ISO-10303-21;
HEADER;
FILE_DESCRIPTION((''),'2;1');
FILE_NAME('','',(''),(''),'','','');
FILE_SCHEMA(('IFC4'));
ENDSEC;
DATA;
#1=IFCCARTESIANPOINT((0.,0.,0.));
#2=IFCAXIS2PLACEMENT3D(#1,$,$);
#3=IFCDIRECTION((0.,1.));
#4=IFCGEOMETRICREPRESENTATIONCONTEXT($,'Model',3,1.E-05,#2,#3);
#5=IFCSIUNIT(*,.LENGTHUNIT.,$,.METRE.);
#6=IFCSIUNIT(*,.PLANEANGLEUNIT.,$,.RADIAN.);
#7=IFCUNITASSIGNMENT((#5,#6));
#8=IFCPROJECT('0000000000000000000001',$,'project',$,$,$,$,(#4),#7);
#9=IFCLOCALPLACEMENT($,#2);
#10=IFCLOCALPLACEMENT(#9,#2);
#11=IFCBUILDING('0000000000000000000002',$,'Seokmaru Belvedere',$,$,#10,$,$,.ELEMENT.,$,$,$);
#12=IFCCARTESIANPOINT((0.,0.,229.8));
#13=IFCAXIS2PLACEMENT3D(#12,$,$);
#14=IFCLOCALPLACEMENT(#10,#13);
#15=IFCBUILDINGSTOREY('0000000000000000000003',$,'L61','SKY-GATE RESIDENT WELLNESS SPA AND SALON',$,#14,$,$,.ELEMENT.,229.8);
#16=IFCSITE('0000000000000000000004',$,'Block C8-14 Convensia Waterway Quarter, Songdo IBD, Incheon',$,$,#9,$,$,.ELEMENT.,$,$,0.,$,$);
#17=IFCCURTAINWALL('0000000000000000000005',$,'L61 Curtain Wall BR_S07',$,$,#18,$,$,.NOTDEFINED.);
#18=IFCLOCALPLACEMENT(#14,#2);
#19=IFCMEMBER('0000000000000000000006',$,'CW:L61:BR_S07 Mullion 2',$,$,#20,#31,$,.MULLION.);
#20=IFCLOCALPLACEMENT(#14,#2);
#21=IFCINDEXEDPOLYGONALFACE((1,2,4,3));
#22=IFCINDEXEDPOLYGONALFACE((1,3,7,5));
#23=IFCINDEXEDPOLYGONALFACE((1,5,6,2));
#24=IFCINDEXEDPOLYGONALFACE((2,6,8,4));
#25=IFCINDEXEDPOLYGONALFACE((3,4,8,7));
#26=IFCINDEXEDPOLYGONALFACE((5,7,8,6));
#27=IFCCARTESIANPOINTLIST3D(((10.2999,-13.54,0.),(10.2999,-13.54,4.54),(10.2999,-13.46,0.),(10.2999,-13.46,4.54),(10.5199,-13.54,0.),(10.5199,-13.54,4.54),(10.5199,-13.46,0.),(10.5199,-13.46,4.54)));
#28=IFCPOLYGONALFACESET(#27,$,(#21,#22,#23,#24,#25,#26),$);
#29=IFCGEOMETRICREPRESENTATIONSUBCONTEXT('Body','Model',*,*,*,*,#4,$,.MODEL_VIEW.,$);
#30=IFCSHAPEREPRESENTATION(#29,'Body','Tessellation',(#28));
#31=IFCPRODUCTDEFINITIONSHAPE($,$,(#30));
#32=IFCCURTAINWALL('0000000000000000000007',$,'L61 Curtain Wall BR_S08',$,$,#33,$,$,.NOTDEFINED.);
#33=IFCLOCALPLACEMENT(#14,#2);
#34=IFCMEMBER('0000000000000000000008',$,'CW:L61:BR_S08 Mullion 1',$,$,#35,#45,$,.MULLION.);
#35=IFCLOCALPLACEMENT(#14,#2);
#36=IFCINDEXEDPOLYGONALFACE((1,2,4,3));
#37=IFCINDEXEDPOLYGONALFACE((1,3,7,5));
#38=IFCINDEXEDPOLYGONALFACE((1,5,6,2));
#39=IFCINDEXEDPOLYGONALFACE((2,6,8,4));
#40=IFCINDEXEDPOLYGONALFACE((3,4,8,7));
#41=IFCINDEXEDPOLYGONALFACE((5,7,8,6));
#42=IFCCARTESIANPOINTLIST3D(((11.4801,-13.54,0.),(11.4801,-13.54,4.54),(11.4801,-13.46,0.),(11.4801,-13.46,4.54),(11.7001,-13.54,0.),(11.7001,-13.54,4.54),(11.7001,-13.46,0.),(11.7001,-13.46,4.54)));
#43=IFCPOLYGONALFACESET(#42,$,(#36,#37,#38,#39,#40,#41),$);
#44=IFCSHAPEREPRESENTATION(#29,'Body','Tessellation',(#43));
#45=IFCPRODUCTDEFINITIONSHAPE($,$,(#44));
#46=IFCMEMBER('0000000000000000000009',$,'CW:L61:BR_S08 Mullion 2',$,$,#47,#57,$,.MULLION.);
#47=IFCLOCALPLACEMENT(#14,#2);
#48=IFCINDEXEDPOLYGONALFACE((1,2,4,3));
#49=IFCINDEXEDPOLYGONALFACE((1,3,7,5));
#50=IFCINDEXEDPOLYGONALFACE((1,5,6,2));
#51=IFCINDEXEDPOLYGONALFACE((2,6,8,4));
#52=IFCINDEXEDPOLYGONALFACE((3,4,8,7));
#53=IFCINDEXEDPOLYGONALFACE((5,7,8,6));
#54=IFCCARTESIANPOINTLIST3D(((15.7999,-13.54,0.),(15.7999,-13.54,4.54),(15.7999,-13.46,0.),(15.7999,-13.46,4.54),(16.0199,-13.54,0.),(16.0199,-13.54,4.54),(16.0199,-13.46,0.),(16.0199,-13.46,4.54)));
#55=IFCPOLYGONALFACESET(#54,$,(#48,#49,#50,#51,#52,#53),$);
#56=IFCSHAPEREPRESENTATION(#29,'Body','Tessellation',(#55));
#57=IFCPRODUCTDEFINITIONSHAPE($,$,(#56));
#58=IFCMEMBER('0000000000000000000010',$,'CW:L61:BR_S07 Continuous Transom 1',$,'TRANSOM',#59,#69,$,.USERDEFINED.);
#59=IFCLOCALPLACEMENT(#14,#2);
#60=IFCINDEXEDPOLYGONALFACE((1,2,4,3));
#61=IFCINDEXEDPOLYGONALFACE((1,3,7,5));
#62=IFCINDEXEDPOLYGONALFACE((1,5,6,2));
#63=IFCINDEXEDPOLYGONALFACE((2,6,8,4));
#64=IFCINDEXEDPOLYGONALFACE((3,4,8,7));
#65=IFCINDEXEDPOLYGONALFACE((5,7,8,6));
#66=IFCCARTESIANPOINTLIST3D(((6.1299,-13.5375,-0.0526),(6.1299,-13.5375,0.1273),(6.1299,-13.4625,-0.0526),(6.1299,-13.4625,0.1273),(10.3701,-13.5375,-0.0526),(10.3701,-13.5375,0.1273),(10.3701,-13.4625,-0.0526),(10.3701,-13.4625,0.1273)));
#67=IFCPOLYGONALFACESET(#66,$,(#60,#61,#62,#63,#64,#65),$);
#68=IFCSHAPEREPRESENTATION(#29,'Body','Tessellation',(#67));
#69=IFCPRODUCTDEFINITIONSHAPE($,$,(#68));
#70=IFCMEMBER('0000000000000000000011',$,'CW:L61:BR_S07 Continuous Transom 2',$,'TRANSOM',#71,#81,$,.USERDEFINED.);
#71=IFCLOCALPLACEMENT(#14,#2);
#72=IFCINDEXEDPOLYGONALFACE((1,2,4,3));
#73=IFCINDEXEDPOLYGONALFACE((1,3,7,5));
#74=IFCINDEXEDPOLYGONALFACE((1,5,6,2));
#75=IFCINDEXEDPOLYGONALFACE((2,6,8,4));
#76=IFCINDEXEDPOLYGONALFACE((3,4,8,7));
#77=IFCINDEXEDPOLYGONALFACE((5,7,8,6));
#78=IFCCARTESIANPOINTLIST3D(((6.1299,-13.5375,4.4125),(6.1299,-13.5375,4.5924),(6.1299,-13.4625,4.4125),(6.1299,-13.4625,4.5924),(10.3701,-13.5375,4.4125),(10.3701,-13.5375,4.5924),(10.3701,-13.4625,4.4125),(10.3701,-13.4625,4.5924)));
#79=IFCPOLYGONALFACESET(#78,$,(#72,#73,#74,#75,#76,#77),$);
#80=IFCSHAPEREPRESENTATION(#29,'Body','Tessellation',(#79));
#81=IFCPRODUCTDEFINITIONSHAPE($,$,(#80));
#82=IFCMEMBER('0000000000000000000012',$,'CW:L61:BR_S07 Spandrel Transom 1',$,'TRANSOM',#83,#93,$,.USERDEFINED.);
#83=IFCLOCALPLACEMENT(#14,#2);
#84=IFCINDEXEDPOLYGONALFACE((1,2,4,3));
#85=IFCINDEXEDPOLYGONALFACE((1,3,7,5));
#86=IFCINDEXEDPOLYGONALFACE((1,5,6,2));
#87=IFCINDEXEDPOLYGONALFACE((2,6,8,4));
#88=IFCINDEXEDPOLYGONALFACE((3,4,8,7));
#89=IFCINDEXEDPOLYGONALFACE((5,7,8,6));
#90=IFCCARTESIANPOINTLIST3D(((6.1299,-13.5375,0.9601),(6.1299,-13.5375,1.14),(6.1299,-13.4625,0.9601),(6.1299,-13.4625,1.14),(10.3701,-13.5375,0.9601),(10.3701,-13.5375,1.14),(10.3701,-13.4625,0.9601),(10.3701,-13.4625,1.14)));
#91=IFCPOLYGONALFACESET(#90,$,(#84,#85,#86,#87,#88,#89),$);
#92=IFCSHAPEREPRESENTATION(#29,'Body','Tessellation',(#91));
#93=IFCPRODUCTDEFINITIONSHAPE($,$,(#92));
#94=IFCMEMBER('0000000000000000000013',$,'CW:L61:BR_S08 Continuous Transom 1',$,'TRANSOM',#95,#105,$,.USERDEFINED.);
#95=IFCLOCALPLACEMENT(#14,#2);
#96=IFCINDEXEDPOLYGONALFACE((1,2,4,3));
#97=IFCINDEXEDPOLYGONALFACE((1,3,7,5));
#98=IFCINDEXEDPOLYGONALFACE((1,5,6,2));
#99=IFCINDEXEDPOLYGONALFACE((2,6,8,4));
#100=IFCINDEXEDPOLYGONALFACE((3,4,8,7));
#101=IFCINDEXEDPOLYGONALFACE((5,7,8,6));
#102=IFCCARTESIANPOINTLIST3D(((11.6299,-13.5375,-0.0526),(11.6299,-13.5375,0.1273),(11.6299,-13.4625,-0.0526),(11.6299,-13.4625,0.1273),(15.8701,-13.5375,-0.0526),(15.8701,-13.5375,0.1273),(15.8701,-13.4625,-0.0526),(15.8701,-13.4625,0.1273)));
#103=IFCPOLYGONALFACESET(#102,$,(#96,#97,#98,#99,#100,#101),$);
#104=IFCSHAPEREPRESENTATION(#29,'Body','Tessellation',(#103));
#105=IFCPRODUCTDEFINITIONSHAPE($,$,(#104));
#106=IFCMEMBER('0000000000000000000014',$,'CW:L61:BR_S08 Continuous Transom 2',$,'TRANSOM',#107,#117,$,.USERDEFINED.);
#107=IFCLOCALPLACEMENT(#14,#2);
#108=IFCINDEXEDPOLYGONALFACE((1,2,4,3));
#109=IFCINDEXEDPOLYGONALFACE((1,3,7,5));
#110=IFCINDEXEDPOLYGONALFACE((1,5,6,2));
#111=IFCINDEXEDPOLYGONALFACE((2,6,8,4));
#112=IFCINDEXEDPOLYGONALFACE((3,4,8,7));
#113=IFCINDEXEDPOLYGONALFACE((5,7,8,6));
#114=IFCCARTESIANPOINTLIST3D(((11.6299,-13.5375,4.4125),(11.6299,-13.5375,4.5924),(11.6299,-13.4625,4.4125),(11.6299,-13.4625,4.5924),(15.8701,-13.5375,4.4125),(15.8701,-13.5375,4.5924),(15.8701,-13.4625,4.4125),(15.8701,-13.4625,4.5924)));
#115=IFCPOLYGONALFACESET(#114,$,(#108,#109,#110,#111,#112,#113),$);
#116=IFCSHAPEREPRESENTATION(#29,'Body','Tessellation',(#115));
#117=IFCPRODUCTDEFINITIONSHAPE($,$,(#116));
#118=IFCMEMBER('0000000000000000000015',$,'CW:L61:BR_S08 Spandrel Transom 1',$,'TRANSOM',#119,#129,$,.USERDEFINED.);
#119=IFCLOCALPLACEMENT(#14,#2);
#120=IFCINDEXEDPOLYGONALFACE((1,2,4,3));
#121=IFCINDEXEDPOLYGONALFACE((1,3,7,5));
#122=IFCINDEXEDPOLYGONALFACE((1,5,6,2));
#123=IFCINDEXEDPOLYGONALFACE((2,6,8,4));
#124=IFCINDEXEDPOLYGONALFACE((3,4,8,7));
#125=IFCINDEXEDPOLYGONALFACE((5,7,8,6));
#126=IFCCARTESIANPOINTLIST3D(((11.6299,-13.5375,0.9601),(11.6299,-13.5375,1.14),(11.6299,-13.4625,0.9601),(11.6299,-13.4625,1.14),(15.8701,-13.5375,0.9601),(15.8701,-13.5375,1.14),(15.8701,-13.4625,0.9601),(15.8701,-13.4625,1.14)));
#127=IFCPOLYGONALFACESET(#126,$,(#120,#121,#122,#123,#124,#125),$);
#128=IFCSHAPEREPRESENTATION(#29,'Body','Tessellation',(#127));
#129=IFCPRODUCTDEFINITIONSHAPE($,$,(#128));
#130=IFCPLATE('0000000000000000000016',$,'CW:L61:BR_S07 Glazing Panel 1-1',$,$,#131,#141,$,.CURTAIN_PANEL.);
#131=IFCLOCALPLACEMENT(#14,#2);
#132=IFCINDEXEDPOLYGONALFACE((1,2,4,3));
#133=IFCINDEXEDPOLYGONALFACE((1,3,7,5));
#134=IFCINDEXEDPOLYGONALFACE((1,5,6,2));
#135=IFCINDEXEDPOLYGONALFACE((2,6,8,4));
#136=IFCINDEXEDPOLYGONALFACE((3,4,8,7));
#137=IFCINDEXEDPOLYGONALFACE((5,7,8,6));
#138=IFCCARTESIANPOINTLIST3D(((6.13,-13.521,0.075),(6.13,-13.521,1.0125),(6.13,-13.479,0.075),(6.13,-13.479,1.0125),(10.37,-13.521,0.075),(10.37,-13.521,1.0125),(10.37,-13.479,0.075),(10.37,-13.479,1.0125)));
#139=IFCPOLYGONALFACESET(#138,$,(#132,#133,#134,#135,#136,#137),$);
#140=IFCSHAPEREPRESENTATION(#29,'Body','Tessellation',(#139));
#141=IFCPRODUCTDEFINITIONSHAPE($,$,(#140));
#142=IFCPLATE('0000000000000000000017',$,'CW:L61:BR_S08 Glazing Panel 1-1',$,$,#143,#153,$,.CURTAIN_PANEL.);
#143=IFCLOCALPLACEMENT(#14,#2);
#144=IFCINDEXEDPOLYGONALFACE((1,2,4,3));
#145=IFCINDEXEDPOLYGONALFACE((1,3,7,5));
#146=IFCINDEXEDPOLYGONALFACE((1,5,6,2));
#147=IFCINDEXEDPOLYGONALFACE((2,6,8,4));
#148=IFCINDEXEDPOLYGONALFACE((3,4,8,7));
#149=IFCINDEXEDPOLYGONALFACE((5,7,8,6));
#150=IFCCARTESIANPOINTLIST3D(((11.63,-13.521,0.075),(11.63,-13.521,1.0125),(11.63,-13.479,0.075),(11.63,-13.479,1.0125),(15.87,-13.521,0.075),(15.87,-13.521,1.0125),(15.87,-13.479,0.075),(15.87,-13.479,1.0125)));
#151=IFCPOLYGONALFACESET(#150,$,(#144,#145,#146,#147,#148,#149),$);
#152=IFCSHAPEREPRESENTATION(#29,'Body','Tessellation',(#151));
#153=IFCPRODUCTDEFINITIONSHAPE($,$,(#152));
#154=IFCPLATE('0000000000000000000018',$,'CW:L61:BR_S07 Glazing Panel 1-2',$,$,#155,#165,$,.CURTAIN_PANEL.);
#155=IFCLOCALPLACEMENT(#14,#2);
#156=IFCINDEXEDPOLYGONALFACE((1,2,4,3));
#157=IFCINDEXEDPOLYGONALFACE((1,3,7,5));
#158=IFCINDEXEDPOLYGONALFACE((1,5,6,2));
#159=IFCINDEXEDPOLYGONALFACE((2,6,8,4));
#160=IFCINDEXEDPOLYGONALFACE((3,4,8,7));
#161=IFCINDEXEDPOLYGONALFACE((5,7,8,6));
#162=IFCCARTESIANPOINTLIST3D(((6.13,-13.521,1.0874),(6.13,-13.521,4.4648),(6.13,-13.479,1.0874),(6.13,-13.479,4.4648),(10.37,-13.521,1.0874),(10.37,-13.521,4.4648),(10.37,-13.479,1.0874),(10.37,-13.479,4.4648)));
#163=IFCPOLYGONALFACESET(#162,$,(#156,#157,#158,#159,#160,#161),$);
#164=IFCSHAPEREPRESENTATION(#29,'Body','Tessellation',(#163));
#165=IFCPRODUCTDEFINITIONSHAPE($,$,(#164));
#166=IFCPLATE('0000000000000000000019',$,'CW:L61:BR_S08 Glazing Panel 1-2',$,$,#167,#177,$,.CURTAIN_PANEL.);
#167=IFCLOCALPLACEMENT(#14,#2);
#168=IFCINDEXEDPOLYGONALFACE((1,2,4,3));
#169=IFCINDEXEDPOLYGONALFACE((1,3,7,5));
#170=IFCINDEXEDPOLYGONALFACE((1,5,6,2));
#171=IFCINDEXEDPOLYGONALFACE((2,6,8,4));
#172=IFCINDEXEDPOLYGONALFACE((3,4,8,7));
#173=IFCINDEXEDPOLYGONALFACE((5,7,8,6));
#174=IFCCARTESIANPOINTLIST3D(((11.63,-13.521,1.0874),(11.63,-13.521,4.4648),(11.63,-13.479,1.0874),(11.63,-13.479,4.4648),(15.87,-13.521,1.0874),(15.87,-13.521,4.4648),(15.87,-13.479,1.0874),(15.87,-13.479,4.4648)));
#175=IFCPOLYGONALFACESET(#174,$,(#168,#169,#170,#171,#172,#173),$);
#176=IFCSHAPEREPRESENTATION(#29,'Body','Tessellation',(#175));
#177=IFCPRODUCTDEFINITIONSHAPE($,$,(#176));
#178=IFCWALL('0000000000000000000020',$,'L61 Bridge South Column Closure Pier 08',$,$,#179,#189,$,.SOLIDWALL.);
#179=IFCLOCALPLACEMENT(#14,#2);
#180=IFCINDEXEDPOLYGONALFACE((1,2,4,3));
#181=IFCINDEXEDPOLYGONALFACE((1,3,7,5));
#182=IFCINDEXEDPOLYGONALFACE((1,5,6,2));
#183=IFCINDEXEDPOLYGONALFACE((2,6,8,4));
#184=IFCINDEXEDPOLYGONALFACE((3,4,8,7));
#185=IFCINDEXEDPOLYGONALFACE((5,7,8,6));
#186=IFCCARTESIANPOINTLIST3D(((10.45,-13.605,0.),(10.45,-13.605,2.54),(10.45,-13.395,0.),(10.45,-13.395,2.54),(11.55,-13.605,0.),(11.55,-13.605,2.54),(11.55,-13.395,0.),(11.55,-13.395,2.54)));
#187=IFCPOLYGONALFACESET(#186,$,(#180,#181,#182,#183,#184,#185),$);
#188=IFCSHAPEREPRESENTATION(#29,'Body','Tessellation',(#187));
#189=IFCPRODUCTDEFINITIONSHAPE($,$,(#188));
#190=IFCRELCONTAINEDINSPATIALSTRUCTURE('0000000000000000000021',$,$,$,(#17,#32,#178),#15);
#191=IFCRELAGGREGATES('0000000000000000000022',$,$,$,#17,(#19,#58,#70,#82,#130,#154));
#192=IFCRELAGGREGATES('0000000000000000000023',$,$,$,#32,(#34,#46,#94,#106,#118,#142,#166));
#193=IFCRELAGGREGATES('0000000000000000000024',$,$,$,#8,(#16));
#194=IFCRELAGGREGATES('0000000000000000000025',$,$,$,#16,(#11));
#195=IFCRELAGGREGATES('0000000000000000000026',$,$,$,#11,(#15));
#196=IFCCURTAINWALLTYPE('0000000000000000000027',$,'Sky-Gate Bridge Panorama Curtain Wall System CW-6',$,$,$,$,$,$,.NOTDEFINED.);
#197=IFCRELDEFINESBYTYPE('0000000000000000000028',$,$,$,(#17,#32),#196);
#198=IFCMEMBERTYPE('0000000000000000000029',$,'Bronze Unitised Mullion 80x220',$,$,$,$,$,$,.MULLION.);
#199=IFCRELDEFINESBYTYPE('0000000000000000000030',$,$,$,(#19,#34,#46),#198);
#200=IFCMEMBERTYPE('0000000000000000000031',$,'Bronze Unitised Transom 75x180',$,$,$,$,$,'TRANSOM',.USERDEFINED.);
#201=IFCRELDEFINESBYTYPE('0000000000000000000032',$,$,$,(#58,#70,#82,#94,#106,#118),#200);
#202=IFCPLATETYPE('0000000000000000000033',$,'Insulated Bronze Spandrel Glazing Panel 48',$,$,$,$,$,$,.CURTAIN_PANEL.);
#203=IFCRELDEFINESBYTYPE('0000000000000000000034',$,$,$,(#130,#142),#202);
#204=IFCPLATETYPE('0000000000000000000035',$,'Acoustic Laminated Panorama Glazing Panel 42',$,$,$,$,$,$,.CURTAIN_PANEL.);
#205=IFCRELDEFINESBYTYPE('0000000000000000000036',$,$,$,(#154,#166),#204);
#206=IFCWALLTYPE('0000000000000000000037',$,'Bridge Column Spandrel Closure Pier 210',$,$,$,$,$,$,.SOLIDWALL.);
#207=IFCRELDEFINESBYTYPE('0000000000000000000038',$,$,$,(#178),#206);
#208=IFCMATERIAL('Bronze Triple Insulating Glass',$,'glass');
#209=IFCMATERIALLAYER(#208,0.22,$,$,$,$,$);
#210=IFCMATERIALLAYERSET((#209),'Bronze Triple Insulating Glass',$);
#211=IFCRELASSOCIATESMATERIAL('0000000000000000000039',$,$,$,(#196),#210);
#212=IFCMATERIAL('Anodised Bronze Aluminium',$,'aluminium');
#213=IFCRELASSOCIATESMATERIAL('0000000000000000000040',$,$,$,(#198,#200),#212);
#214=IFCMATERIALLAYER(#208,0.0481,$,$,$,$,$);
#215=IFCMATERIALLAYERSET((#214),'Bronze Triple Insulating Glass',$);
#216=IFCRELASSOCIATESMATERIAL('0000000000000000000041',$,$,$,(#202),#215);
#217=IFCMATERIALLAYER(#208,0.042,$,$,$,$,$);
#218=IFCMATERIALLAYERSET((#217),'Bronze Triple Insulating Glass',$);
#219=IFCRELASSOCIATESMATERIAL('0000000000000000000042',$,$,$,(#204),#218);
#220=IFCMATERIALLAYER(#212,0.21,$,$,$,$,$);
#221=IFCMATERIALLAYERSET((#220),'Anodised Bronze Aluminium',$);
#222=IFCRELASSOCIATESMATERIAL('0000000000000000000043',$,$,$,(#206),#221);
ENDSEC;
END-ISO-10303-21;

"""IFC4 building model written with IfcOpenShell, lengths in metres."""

from ifc_helpers import new_model, si_unit, direction, frame, frame_2d, origin, origin_2d, place, context, subcontext, project, spatial, rectangle, extrude, source, transform, mapped, material, layer, layer_set, material_profile, profile_set, type_object, type_shapes, element, aggregate, save


model = new_model("IFC4")

# Units and contexts
model_context = context("Model", 3, precision=1e-05, world=origin(), true_north=direction((0.0, 1.0)))
body_context = subcontext(model_context, "Body", "Model", "MODEL_VIEW")
ifc_project = project(units=[si_unit("LENGTHUNIT", "METRE"), si_unit("PLANEANGLEUNIT", "RADIAN")], contexts=[model_context])

# Site, building, storey
site_placement = place(None, origin())
site = spatial("IfcSite", under=ifc_project, at=site_placement, Name="Block C8-14 Convensia Waterway Quarter, Songdo IBD, Incheon", CompositionType="ELEMENT", RefElevation=0.0)
building_placement = place(site_placement, origin())
building = spatial("IfcBuilding", under=site, at=building_placement, Name="Seokmaru Belvedere", CompositionType="ELEMENT")
storey_placement = place(building_placement, frame((0.0, 0.0, 229.8)))
storey = spatial("IfcBuildingStorey", under=building, at=storey_placement, Name="L61", Description="SKY-GATE RESIDENT WELLNESS SPA AND SALON", CompositionType="ELEMENT", Elevation=229.8)

# Curtain walls, members
ifc_material_1 = material(Name="Bronze Triple Insulating Glass", Category="glass")
ifc_layer_1 = layer(ifc_material_1, 0.22)
ifc_layer_set_1 = layer_set([ifc_layer_1], Name="Bronze Triple Insulating Glass")
curtain_wall_type = type_object("IfcCurtainWallType", Name="Sky-Gate Bridge Panorama Curtain Wall System CW-6", PredefinedType="NOTDEFINED", material=ifc_layer_set_1)
curtain_wall_1_placement = place(storey_placement, origin())
curtain_wall_1 = element("IfcCurtainWall", 1, at=curtain_wall_1_placement, inside=storey, type_object=curtain_wall_type, Name="L61 Curtain Wall BR_S07", PredefinedType="NOTDEFINED")
ifc_material_2 = material(Name="Anodised Bronze Aluminium", Category="aluminium")
ifc_material_profile_1 = material_profile(ifc_material_2, rectangle(XDim=0.0801, YDim=0.22, at=origin_2d()), Name="CW-M-80x220")
ifc_profile_set_1 = profile_set([ifc_material_profile_1], Name="Anodised Bronze Aluminium")
member_type_1 = type_object("IfcMemberType", Name="Bronze Unitised Mullion 80x220", PredefinedType="MULLION", material=ifc_profile_set_1)
shared_shape_1 = source(origin(), body_context, "Body", "SweptSolid", [
    extrude(rectangle(XDim=0.0801, YDim=0.22, at=origin_2d()), origin(), (0.0, 0.0, 1.0), 4.54),
])
type_shapes(member_type_1, [shared_shape_1])
member_1_placement = place(storey_placement, frame((10.4099, -13.5, 0.0), z_axis=(0.0, 0.0, 1.0), x_axis=(0.0, 1.0, 0.0)))
member_1 = element("IfcMember", 2, at=member_1_placement, type_object=member_type_1, Name="CW:L61:BR_S07 Mullion 2", PredefinedType="MULLION", context=body_context, shape_type="MappedRepresentation", body=[
    mapped(shared_shape_1, transform((0.0, 0.0, 0.0), scale=1.0)),
])
curtain_wall_2_placement = place(storey_placement, origin())
curtain_wall_2 = element("IfcCurtainWall", 3, at=curtain_wall_2_placement, inside=storey, type_object=curtain_wall_type, Name="L61 Curtain Wall BR_S08", PredefinedType="NOTDEFINED")
member_2_placement = place(storey_placement, frame((11.5901, -13.5, 0.0), z_axis=(0.0, 0.0, 1.0), x_axis=(0.0, 1.0, 0.0)))
member_2 = element("IfcMember", 4, at=member_2_placement, type_object=member_type_1, Name="CW:L61:BR_S08 Mullion 1", PredefinedType="MULLION", context=body_context, shape_type="MappedRepresentation", body=[
    mapped(shared_shape_1, transform((0.0, 0.0, 0.0), scale=1.0)),
])
member_3_placement = place(storey_placement, frame((15.9099, -13.5, 0.0), z_axis=(0.0, 0.0, 1.0), x_axis=(0.0, 1.0, 0.0)))
member_3 = element("IfcMember", 5, at=member_3_placement, type_object=member_type_1, Name="CW:L61:BR_S08 Mullion 2", PredefinedType="MULLION", context=body_context, shape_type="MappedRepresentation", body=[
    mapped(shared_shape_1, transform((0.0, 0.0, 0.0), scale=1.0)),
])

# Members
ifc_material_profile_2 = material_profile(ifc_material_2, rectangle(XDim=0.075, YDim=0.1799, at=origin_2d()), Name="CW-T-75x180")
ifc_profile_set_2 = profile_set([ifc_material_profile_2], Name="Anodised Bronze Aluminium")
member_type_2 = type_object("IfcMemberType", Name="Bronze Unitised Transom 75x180", ElementType="TRANSOM", PredefinedType="USERDEFINED", material=ifc_profile_set_2)
shared_shape_2 = source(origin(), body_context, "Body", "SweptSolid", [
    extrude(rectangle(XDim=0.075, YDim=0.1799, at=origin_2d()), origin(), (0.0, 0.0, 1.0), 4.2402),
])
type_shapes(member_type_2, [shared_shape_2])
member_4_placement = place(storey_placement, frame((6.1299, -13.5, 0.0374), z_axis=(1.0, 0.0, 0.0), x_axis=(0.0, 1.0, 0.0)))
member_4 = element("IfcMember", 6, at=member_4_placement, type_object=member_type_2, Name="CW:L61:BR_S07 Continuous Transom 1", ObjectType="TRANSOM", PredefinedType="USERDEFINED", context=body_context, shape_type="MappedRepresentation", body=[
    mapped(shared_shape_2, transform((0.0, 0.0, 0.0), scale=1.0)),
])
member_5_placement = place(storey_placement, frame((6.1299, -13.5, 4.5024), z_axis=(1.0, 0.0, 0.0), x_axis=(0.0, 1.0, 0.0)))
member_5 = element("IfcMember", 7, at=member_5_placement, type_object=member_type_2, Name="CW:L61:BR_S07 Continuous Transom 2", ObjectType="TRANSOM", PredefinedType="USERDEFINED", context=body_context, shape_type="MappedRepresentation", body=[
    mapped(shared_shape_2, transform((0.0, 0.0, 0.0), scale=1.0)),
])
member_6_placement = place(storey_placement, frame((6.1299, -13.5, 1.05), z_axis=(1.0, 0.0, 0.0), x_axis=(0.0, 1.0, 0.0)))
member_6 = element("IfcMember", 8, at=member_6_placement, type_object=member_type_2, Name="CW:L61:BR_S07 Spandrel Transom 1", ObjectType="TRANSOM", PredefinedType="USERDEFINED", context=body_context, shape_type="MappedRepresentation", body=[
    mapped(shared_shape_2, transform((0.0, 0.0, 0.0), scale=1.0)),
])
member_7_placement = place(storey_placement, frame((11.6299, -13.5, 0.0374), z_axis=(1.0, 0.0, 0.0), x_axis=(0.0, 1.0, 0.0)))
member_7 = element("IfcMember", 9, at=member_7_placement, type_object=member_type_2, Name="CW:L61:BR_S08 Continuous Transom 1", ObjectType="TRANSOM", PredefinedType="USERDEFINED", context=body_context, shape_type="MappedRepresentation", body=[
    mapped(shared_shape_2, transform((0.0, 0.0, 0.0), scale=1.0)),
])
member_8_placement = place(storey_placement, frame((11.6299, -13.5, 4.5024), z_axis=(1.0, 0.0, 0.0), x_axis=(0.0, 1.0, 0.0)))
member_8 = element("IfcMember", 10, at=member_8_placement, type_object=member_type_2, Name="CW:L61:BR_S08 Continuous Transom 2", ObjectType="TRANSOM", PredefinedType="USERDEFINED", context=body_context, shape_type="MappedRepresentation", body=[
    mapped(shared_shape_2, transform((0.0, 0.0, 0.0), scale=1.0)),
])
member_9_placement = place(storey_placement, frame((11.6299, -13.5, 1.05), z_axis=(1.0, 0.0, 0.0), x_axis=(0.0, 1.0, 0.0)))
member_9 = element("IfcMember", 11, at=member_9_placement, type_object=member_type_2, Name="CW:L61:BR_S08 Spandrel Transom 1", ObjectType="TRANSOM", PredefinedType="USERDEFINED", context=body_context, shape_type="MappedRepresentation", body=[
    mapped(shared_shape_2, transform((0.0, 0.0, 0.0), scale=1.0)),
])

# Plates
ifc_layer_2 = layer(ifc_material_1, 0.0481)
ifc_layer_set_2 = layer_set([ifc_layer_2], Name="Bronze Triple Insulating Glass")
plate_type_1 = type_object("IfcPlateType", Name="Insulated Bronze Spandrel Glazing Panel 48", PredefinedType="CURTAIN_PANEL", material=ifc_layer_set_2)
shared_shape_3 = source(origin(), body_context, "Body", "SweptSolid", [
    extrude(rectangle(XDim=4.24, YDim=0.042, at=origin_2d()), origin(), (0.0, 0.0, 1.0), 0.9375),
])
type_shapes(plate_type_1, [shared_shape_3])
plate_1_placement = place(storey_placement, frame((8.25, -13.5, 0.075), z_axis=(0.0, 0.0, 1.0), x_axis=(1.0, 0.0, 0.0)))
plate_1 = element("IfcPlate", 12, at=plate_1_placement, type_object=plate_type_1, Name="CW:L61:BR_S07 Glazing Panel 1-1", PredefinedType="CURTAIN_PANEL", context=body_context, shape_type="MappedRepresentation", body=[
    mapped(shared_shape_3, transform((0.0, 0.0, 0.0), scale=1.0)),
])
plate_2_placement = place(storey_placement, frame((13.75, -13.5, 0.075), z_axis=(0.0, 0.0, 1.0), x_axis=(1.0, 0.0, 0.0)))
plate_2 = element("IfcPlate", 13, at=plate_2_placement, type_object=plate_type_1, Name="CW:L61:BR_S08 Glazing Panel 1-1", PredefinedType="CURTAIN_PANEL", context=body_context, shape_type="MappedRepresentation", body=[
    mapped(shared_shape_3, transform((0.0, 0.0, 0.0), scale=1.0)),
])
ifc_layer_3 = layer(ifc_material_1, 0.042)
ifc_layer_set_3 = layer_set([ifc_layer_3], Name="Bronze Triple Insulating Glass")
plate_type_2 = type_object("IfcPlateType", Name="Acoustic Laminated Panorama Glazing Panel 42", PredefinedType="CURTAIN_PANEL", material=ifc_layer_set_3)
shared_shape_4 = source(origin(), body_context, "Body", "SweptSolid", [
    extrude(rectangle(XDim=4.24, YDim=0.042, at=origin_2d()), origin(), (0.0, 0.0, 1.0), 3.3774),
])
type_shapes(plate_type_2, [shared_shape_4])
plate_3_placement = place(storey_placement, frame((8.25, -13.5, 1.0874), z_axis=(0.0, 0.0, 1.0), x_axis=(1.0, 0.0, 0.0)))
plate_3 = element("IfcPlate", 14, at=plate_3_placement, type_object=plate_type_2, Name="CW:L61:BR_S07 Glazing Panel 1-2", PredefinedType="CURTAIN_PANEL", context=body_context, shape_type="MappedRepresentation", body=[
    mapped(shared_shape_4, transform((0.0, 0.0, 0.0), scale=1.0)),
])
aggregate(curtain_wall_1, [member_1, member_4, member_5, member_6, plate_1, plate_3])
plate_4_placement = place(storey_placement, frame((13.75, -13.5, 1.0874), z_axis=(0.0, 0.0, 1.0), x_axis=(1.0, 0.0, 0.0)))
plate_4 = element("IfcPlate", 15, at=plate_4_placement, type_object=plate_type_2, Name="CW:L61:BR_S08 Glazing Panel 1-2", PredefinedType="CURTAIN_PANEL", context=body_context, shape_type="MappedRepresentation", body=[
    mapped(shared_shape_4, transform((0.0, 0.0, 0.0), scale=1.0)),
])
aggregate(curtain_wall_2, [member_2, member_3, member_7, member_8, member_9, plate_2, plate_4])

# Wall
ifc_layer_4 = layer(ifc_material_2, 0.21)
ifc_layer_set_4 = layer_set([ifc_layer_4], Name="Anodised Bronze Aluminium")
wall_type = type_object("IfcWallType", Name="Bridge Column Spandrel Closure Pier 210", PredefinedType="SOLIDWALL", material=ifc_layer_set_4)
for number, where, z_axis, x_axis, name in (
    (16, (10.45, -13.5, 0.0), (0.0, 0.0, 1.0), (1.0, 0.0, 0.0), "L61 Bridge South Column Closure Pier 08"),
):
    element("IfcWall", number, at=place(storey_placement, frame(where, z_axis=z_axis, x_axis=x_axis)), inside=storey, type_object=wall_type, Name=name, PredefinedType="SOLIDWALL", context=body_context, shape_type="SweptSolid", body=[
        extrude(rectangle(XDim=1.1001, YDim=0.21, at=frame_2d((0.55, 0.0))), origin(), (0.0, 0.0, 1.0), 2.54),
    ])

save(model, "model.ifc")
